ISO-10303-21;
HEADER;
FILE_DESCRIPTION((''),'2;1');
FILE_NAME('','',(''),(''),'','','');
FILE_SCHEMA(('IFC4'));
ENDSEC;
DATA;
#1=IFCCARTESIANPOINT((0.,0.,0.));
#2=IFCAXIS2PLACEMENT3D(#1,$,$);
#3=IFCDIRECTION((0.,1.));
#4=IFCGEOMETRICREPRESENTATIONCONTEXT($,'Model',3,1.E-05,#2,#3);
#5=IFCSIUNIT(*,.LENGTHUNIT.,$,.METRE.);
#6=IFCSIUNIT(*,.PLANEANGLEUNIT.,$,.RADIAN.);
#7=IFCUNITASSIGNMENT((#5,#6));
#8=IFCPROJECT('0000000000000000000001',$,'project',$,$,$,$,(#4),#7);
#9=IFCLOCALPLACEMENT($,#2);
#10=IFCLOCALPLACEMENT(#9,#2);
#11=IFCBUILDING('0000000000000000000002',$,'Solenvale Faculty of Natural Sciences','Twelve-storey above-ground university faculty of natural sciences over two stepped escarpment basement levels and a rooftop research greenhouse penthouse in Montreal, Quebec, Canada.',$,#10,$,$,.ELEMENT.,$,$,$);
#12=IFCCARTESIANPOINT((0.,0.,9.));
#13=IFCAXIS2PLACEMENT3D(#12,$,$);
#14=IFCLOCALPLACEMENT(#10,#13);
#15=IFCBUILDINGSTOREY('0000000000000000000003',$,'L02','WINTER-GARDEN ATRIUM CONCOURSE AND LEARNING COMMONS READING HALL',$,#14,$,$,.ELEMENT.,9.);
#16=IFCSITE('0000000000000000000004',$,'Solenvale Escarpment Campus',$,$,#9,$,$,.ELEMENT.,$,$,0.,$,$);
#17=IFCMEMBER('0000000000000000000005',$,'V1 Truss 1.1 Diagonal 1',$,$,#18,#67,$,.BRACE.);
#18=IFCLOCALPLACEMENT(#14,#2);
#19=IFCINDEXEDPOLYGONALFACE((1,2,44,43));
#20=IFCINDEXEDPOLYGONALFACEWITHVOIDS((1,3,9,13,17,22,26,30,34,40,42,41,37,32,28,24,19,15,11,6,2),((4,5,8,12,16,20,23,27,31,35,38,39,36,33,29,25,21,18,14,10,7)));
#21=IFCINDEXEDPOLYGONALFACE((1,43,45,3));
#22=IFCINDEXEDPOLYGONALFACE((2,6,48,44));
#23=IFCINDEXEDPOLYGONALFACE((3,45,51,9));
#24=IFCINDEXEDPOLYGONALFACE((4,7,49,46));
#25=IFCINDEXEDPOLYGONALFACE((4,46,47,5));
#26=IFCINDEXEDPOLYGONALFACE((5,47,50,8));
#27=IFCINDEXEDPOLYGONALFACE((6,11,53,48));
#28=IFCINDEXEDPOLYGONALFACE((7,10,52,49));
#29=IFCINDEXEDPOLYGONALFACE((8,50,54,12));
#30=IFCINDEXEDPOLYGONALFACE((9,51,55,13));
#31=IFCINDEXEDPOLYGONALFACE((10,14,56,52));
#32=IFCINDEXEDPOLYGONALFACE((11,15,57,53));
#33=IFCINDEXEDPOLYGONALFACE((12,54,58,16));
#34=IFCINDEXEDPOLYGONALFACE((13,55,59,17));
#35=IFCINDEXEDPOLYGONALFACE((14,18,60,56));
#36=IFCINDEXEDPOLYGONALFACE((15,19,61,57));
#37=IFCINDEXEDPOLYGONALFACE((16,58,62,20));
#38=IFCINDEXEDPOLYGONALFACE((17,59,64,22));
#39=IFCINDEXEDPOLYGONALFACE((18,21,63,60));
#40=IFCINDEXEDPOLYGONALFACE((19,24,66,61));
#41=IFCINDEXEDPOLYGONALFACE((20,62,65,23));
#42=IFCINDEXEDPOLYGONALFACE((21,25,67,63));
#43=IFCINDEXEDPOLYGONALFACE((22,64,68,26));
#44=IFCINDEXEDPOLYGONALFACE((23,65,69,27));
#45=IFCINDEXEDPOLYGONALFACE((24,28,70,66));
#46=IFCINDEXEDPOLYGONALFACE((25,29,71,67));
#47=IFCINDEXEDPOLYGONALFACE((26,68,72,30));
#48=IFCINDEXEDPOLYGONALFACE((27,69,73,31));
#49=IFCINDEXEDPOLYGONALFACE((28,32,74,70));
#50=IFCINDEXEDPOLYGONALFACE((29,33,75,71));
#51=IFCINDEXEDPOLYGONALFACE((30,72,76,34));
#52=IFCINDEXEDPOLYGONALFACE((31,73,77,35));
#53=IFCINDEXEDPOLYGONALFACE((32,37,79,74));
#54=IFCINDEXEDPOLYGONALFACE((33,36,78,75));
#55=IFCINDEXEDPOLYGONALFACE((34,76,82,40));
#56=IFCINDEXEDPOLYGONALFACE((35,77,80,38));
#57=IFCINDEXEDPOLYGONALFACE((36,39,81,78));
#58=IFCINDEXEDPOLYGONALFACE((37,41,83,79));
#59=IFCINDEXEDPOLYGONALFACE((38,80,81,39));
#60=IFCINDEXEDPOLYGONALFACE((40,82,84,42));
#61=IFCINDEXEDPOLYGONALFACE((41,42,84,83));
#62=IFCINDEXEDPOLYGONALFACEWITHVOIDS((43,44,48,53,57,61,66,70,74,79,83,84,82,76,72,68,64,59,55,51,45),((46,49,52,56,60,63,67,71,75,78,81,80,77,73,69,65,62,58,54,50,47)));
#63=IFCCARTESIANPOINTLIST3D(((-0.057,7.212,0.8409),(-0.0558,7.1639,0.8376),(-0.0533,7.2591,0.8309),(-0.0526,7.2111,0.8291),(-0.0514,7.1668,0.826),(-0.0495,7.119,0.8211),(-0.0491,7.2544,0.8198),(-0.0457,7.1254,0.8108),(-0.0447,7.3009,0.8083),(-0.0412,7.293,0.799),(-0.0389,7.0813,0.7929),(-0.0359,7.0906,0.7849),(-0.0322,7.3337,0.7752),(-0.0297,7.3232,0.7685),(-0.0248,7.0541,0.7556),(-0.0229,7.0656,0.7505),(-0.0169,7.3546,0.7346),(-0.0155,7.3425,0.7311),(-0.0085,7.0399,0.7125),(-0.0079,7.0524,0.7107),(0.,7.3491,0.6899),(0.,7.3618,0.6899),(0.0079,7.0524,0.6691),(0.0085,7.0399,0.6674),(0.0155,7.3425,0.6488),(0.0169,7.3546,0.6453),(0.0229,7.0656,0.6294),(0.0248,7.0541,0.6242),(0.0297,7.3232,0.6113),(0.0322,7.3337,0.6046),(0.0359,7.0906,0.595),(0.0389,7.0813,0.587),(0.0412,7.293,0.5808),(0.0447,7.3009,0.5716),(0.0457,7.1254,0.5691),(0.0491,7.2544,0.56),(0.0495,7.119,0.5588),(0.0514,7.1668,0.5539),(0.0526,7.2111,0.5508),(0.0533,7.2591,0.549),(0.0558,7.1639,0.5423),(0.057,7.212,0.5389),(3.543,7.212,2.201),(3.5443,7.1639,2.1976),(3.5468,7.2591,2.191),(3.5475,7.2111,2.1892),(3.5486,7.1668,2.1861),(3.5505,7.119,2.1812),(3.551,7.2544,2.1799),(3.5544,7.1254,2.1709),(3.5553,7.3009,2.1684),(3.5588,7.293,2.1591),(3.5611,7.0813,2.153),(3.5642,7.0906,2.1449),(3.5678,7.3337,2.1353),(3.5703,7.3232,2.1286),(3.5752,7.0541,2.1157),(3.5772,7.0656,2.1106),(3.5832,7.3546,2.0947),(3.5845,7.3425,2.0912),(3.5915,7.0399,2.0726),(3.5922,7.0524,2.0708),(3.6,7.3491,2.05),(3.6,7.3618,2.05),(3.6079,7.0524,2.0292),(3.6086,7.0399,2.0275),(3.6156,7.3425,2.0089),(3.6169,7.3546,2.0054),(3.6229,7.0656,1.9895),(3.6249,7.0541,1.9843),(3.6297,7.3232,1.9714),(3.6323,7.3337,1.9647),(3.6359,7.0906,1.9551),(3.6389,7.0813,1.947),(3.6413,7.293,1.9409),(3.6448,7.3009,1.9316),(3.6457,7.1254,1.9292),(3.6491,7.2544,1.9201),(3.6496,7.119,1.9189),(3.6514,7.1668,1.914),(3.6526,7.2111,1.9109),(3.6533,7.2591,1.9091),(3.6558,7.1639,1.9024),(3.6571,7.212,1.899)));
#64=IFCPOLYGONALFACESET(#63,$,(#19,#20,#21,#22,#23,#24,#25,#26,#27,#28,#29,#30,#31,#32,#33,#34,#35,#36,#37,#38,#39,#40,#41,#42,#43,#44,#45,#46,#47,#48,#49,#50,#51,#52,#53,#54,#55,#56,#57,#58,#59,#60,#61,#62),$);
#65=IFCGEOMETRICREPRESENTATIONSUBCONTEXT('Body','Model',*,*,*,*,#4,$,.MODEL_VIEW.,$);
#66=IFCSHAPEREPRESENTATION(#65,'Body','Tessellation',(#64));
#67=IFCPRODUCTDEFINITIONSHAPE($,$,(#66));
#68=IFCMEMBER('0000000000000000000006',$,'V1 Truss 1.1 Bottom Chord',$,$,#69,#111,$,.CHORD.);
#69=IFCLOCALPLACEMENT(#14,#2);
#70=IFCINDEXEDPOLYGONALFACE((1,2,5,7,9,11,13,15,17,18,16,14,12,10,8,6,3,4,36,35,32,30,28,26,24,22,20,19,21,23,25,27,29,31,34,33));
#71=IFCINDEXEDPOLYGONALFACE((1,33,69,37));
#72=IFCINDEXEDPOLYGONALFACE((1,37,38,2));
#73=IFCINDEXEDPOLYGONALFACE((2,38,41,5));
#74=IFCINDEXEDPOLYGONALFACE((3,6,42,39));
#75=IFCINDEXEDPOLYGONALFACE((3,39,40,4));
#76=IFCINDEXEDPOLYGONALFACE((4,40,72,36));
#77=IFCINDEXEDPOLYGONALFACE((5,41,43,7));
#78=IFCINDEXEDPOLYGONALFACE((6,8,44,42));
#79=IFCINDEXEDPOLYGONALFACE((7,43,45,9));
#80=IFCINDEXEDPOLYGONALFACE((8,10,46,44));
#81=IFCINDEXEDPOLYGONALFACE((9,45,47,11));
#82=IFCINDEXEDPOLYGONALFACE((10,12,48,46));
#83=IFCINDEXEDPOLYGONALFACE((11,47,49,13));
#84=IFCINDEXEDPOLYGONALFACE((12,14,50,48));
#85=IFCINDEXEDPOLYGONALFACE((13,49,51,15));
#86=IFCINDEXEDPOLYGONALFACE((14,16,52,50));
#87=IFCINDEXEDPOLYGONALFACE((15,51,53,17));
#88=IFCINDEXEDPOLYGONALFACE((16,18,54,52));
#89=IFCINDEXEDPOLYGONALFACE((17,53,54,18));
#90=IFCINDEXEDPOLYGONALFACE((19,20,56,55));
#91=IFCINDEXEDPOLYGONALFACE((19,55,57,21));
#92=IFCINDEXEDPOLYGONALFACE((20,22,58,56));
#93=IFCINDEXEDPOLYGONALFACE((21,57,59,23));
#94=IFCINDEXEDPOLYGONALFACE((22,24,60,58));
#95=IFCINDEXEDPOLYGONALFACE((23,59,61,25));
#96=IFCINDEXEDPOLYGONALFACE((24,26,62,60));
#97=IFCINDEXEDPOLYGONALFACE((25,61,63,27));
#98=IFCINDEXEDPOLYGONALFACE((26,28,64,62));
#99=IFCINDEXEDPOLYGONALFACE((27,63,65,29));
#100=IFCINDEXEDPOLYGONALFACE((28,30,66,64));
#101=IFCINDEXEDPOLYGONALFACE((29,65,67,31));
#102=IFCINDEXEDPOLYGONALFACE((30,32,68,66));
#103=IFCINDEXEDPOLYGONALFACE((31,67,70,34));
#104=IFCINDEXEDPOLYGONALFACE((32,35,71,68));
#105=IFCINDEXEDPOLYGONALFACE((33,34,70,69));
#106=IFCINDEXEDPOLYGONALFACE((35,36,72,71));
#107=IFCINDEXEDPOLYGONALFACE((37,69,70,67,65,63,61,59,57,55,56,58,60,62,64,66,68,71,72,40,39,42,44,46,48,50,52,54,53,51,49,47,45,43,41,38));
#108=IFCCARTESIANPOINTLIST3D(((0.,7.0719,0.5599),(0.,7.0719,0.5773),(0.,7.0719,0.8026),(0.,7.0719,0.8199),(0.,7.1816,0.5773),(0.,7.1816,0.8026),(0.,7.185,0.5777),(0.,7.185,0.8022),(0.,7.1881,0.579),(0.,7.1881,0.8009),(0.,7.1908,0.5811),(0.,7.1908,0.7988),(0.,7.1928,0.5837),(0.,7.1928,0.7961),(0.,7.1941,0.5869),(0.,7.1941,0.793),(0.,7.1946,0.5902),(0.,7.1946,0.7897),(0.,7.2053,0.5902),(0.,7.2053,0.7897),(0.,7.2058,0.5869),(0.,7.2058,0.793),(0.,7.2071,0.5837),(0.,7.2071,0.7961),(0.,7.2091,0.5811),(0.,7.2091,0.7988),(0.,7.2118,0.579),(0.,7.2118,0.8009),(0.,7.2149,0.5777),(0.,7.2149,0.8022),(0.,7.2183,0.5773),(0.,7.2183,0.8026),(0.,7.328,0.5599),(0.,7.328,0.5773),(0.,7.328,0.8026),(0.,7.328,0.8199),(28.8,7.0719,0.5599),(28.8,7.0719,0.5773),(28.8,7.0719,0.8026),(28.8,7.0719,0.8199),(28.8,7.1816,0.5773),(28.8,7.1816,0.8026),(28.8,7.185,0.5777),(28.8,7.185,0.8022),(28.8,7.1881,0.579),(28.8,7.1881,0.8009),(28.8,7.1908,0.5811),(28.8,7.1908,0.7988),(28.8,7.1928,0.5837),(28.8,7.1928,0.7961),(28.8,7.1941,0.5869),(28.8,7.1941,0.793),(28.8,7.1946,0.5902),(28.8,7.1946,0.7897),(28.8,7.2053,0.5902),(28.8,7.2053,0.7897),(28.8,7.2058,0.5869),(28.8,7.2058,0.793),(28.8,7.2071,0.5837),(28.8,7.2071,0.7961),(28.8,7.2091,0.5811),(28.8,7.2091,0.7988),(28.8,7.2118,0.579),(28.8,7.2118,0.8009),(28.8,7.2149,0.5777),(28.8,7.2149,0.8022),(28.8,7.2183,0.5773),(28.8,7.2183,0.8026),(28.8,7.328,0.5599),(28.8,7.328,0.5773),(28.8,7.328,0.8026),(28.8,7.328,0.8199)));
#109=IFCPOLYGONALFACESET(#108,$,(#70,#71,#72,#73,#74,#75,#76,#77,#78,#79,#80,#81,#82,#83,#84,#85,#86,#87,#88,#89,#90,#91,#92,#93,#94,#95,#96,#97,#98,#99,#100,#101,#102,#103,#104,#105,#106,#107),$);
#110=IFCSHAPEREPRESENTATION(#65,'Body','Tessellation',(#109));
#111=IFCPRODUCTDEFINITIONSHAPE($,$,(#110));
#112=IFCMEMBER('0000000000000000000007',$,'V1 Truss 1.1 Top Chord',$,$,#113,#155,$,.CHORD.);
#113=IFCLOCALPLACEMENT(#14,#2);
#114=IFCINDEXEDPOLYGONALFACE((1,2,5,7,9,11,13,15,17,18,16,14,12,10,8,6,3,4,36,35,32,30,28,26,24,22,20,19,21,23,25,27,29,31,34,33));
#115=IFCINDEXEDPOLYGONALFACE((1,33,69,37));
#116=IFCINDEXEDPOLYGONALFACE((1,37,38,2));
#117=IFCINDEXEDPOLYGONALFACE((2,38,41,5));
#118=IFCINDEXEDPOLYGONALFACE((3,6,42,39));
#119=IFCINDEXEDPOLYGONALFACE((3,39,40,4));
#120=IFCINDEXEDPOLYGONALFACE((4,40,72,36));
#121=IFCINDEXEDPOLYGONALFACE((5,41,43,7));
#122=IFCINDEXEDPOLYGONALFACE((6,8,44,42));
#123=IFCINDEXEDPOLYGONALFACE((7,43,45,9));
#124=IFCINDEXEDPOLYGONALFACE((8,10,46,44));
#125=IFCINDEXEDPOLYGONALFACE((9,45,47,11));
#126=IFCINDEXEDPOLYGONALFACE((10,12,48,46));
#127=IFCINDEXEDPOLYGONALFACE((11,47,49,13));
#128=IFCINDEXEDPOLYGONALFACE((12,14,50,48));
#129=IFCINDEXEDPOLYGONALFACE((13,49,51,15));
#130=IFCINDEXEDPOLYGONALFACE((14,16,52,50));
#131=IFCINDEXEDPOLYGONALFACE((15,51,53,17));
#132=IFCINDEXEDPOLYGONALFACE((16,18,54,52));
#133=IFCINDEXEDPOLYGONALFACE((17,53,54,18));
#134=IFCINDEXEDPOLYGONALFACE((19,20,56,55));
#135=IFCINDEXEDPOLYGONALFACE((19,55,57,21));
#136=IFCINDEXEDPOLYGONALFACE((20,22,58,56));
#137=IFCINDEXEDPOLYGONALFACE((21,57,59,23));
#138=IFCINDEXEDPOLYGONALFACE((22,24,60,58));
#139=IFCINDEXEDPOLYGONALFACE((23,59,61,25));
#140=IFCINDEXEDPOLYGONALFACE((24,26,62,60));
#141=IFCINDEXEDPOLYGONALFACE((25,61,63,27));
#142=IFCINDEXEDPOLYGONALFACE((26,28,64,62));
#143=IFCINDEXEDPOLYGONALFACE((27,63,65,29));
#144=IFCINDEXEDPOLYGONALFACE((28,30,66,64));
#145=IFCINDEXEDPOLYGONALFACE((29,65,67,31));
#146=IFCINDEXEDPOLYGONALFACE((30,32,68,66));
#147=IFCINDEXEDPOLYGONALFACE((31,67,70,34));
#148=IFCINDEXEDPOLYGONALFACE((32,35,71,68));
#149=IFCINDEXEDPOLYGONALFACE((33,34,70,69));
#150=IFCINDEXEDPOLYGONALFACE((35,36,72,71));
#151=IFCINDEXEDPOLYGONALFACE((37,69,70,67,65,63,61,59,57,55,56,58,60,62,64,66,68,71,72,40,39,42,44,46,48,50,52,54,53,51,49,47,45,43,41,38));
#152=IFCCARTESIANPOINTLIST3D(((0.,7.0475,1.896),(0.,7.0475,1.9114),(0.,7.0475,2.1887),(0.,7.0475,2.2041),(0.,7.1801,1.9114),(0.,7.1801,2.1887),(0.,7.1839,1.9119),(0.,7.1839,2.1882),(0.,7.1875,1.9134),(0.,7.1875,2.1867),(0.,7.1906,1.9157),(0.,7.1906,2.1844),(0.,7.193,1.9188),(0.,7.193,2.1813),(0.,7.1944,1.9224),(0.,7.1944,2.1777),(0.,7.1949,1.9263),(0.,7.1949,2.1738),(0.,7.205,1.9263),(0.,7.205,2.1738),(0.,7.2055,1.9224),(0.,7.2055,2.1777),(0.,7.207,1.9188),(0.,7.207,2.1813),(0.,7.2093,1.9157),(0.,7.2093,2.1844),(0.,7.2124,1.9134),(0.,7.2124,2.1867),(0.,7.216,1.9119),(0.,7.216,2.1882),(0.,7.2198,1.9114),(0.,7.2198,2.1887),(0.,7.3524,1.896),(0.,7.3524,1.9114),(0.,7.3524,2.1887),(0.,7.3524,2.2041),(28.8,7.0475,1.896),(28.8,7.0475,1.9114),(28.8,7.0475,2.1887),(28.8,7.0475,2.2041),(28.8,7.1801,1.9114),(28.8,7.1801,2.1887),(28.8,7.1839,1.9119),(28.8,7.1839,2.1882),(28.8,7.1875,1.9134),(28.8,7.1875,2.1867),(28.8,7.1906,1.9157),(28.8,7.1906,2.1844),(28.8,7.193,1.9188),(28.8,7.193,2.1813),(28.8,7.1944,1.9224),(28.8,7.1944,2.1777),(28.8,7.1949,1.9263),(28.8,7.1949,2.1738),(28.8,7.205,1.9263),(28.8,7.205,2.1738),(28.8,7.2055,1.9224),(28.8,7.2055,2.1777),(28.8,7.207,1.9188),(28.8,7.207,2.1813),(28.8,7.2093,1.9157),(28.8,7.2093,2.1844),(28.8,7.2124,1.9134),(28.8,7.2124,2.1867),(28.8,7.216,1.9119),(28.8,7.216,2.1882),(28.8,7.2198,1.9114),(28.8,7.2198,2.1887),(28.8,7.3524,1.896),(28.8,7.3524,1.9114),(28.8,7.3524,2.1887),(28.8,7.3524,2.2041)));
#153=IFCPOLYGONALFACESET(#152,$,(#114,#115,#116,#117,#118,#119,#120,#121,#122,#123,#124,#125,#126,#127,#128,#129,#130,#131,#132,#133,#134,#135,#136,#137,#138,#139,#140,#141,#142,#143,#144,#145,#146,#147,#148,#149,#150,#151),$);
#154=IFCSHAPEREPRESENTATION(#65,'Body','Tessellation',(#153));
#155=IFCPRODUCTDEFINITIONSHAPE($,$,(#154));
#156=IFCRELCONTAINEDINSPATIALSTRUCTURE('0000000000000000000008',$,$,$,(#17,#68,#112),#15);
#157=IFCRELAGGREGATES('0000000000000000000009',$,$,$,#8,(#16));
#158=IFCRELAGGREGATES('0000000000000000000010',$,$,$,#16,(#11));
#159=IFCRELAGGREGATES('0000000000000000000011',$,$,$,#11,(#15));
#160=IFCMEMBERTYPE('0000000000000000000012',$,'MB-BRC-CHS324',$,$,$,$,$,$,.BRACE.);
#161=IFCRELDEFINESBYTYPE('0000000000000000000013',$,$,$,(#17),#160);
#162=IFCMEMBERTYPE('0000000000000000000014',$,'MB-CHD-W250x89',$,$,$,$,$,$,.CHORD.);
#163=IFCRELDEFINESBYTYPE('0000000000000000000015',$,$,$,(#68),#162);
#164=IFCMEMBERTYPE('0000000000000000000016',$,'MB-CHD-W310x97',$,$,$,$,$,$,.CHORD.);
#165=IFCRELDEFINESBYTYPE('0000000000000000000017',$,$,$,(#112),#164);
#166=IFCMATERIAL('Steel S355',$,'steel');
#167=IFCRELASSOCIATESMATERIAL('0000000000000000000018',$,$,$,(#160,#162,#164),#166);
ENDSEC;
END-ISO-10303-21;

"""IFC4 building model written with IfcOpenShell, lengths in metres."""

from ifc_helpers import new_model, si_unit, direction, frame, origin, origin_2d, place, context, subcontext, project, spatial, hollow_circle, i_section, extrude, material, material_profile, profile_set, type_object, element, save


model = new_model("IFC4")

# Units and contexts
model_context = context("Model", 3, precision=1e-05, world=origin(), true_north=direction((0.0, 1.0)))
body_context = subcontext(model_context, "Body", "Model", "MODEL_VIEW")
ifc_project = project(units=[si_unit("LENGTHUNIT", "METRE"), si_unit("PLANEANGLEUNIT", "RADIAN")], contexts=[model_context])

# Site, building, storey
site_placement = place(None, origin())
site = spatial("IfcSite", under=ifc_project, at=site_placement, Name="Solenvale Escarpment Campus", CompositionType="ELEMENT", RefElevation=0.0)
building_placement = place(site_placement, origin())
building = spatial("IfcBuilding", under=site, at=building_placement, Name="Solenvale Faculty of Natural Sciences", Description="Twelve-storey above-ground university faculty of natural sciences over two stepped escarpment basement levels and a rooftop research greenhouse penthouse in Montreal, Quebec, Canada.", CompositionType="ELEMENT")
storey_placement = place(building_placement, frame((0.0, 0.0, 9.0)))
storey = spatial("IfcBuildingStorey", under=building, at=storey_placement, Name="L02", Description="WINTER-GARDEN ATRIUM CONCOURSE AND LEARNING COMMONS READING HALL", CompositionType="ELEMENT", Elevation=9.0)

# Shared definitions
ifc_material_1 = material(Name="Steel S355", Category="steel")

# Members
ifc_material_profile_1 = material_profile(ifc_material_1, hollow_circle(Radius=0.1619, WallThickness=0.0127, at=origin_2d()), Name="HSS324x13")
ifc_profile_set_1 = profile_set([ifc_material_profile_1], Name="Steel S355")
member_type_1 = type_object("IfcMemberType", Name="MB-BRC-CHS324", PredefinedType="BRACE", material=ifc_profile_set_1)
member_1_placement = place(storey_placement, frame((0.0, 7.2, 0.6899), z_axis=(0.935466, 0.0, 0.353417), x_axis=(0.0, 1.0, 0.0)))
element("IfcMember", 1, at=member_1_placement, inside=storey, type_object=member_type_1, Name="V1 Truss 1.1 Diagonal 1", PredefinedType="BRACE", context=body_context, shape_type="SweptSolid", body=[
    extrude(hollow_circle(Radius=0.1619, WallThickness=0.0127, at=origin_2d()), origin(), (0.0, 0.0, 1.0), 3.8484),
])
ifc_material_profile_2 = material_profile(ifc_material_1, i_section(OverallWidth=0.2561, OverallDepth=0.26, WebThickness=0.0107, FlangeThickness=0.0173, FilletRadius=0.0129, at=origin_2d()), Name="W250x89")
ifc_profile_set_2 = profile_set([ifc_material_profile_2], Name="Steel S355")
member_type_2 = type_object("IfcMemberType", Name="MB-CHD-W250x89", PredefinedType="CHORD", material=ifc_profile_set_2)
member_2_placement = place(storey_placement, frame((0.0, 7.2, 0.6899), z_axis=(1.0, 0.0, 0.0), x_axis=(0.0, 1.0, 0.0)))
element("IfcMember", 2, at=member_2_placement, inside=storey, type_object=member_type_2, Name="V1 Truss 1.1 Bottom Chord", PredefinedType="CHORD", context=body_context, shape_type="SweptSolid", body=[
    extrude(i_section(OverallWidth=0.2561, OverallDepth=0.26, WebThickness=0.0107, FlangeThickness=0.0173, FilletRadius=0.0129, at=origin_2d()), origin(), (0.0, 0.0, 1.0), 28.8),
])
ifc_material_profile_3 = material_profile(ifc_material_1, i_section(OverallWidth=0.3049, OverallDepth=0.3081, WebThickness=0.01, FlangeThickness=0.0154, FilletRadius=0.0149, at=origin_2d()), Name="W310x97")
ifc_profile_set_3 = profile_set([ifc_material_profile_3], Name="Steel S355")
member_type_3 = type_object("IfcMemberType", Name="MB-CHD-W310x97", PredefinedType="CHORD", material=ifc_profile_set_3)
member_3_placement = place(storey_placement, frame((0.0, 7.2, 2.05), z_axis=(1.0, 0.0, 0.0), x_axis=(0.0, 1.0, 0.0)))
element("IfcMember", 3, at=member_3_placement, inside=storey, type_object=member_type_3, Name="V1 Truss 1.1 Top Chord", PredefinedType="CHORD", context=body_context, shape_type="SweptSolid", body=[
    extrude(i_section(OverallWidth=0.3049, OverallDepth=0.3081, WebThickness=0.01, FlangeThickness=0.0154, FilletRadius=0.0149, at=origin_2d()), origin(), (0.0, 0.0, 1.0), 28.8),
])

save(model, "model.ifc")
